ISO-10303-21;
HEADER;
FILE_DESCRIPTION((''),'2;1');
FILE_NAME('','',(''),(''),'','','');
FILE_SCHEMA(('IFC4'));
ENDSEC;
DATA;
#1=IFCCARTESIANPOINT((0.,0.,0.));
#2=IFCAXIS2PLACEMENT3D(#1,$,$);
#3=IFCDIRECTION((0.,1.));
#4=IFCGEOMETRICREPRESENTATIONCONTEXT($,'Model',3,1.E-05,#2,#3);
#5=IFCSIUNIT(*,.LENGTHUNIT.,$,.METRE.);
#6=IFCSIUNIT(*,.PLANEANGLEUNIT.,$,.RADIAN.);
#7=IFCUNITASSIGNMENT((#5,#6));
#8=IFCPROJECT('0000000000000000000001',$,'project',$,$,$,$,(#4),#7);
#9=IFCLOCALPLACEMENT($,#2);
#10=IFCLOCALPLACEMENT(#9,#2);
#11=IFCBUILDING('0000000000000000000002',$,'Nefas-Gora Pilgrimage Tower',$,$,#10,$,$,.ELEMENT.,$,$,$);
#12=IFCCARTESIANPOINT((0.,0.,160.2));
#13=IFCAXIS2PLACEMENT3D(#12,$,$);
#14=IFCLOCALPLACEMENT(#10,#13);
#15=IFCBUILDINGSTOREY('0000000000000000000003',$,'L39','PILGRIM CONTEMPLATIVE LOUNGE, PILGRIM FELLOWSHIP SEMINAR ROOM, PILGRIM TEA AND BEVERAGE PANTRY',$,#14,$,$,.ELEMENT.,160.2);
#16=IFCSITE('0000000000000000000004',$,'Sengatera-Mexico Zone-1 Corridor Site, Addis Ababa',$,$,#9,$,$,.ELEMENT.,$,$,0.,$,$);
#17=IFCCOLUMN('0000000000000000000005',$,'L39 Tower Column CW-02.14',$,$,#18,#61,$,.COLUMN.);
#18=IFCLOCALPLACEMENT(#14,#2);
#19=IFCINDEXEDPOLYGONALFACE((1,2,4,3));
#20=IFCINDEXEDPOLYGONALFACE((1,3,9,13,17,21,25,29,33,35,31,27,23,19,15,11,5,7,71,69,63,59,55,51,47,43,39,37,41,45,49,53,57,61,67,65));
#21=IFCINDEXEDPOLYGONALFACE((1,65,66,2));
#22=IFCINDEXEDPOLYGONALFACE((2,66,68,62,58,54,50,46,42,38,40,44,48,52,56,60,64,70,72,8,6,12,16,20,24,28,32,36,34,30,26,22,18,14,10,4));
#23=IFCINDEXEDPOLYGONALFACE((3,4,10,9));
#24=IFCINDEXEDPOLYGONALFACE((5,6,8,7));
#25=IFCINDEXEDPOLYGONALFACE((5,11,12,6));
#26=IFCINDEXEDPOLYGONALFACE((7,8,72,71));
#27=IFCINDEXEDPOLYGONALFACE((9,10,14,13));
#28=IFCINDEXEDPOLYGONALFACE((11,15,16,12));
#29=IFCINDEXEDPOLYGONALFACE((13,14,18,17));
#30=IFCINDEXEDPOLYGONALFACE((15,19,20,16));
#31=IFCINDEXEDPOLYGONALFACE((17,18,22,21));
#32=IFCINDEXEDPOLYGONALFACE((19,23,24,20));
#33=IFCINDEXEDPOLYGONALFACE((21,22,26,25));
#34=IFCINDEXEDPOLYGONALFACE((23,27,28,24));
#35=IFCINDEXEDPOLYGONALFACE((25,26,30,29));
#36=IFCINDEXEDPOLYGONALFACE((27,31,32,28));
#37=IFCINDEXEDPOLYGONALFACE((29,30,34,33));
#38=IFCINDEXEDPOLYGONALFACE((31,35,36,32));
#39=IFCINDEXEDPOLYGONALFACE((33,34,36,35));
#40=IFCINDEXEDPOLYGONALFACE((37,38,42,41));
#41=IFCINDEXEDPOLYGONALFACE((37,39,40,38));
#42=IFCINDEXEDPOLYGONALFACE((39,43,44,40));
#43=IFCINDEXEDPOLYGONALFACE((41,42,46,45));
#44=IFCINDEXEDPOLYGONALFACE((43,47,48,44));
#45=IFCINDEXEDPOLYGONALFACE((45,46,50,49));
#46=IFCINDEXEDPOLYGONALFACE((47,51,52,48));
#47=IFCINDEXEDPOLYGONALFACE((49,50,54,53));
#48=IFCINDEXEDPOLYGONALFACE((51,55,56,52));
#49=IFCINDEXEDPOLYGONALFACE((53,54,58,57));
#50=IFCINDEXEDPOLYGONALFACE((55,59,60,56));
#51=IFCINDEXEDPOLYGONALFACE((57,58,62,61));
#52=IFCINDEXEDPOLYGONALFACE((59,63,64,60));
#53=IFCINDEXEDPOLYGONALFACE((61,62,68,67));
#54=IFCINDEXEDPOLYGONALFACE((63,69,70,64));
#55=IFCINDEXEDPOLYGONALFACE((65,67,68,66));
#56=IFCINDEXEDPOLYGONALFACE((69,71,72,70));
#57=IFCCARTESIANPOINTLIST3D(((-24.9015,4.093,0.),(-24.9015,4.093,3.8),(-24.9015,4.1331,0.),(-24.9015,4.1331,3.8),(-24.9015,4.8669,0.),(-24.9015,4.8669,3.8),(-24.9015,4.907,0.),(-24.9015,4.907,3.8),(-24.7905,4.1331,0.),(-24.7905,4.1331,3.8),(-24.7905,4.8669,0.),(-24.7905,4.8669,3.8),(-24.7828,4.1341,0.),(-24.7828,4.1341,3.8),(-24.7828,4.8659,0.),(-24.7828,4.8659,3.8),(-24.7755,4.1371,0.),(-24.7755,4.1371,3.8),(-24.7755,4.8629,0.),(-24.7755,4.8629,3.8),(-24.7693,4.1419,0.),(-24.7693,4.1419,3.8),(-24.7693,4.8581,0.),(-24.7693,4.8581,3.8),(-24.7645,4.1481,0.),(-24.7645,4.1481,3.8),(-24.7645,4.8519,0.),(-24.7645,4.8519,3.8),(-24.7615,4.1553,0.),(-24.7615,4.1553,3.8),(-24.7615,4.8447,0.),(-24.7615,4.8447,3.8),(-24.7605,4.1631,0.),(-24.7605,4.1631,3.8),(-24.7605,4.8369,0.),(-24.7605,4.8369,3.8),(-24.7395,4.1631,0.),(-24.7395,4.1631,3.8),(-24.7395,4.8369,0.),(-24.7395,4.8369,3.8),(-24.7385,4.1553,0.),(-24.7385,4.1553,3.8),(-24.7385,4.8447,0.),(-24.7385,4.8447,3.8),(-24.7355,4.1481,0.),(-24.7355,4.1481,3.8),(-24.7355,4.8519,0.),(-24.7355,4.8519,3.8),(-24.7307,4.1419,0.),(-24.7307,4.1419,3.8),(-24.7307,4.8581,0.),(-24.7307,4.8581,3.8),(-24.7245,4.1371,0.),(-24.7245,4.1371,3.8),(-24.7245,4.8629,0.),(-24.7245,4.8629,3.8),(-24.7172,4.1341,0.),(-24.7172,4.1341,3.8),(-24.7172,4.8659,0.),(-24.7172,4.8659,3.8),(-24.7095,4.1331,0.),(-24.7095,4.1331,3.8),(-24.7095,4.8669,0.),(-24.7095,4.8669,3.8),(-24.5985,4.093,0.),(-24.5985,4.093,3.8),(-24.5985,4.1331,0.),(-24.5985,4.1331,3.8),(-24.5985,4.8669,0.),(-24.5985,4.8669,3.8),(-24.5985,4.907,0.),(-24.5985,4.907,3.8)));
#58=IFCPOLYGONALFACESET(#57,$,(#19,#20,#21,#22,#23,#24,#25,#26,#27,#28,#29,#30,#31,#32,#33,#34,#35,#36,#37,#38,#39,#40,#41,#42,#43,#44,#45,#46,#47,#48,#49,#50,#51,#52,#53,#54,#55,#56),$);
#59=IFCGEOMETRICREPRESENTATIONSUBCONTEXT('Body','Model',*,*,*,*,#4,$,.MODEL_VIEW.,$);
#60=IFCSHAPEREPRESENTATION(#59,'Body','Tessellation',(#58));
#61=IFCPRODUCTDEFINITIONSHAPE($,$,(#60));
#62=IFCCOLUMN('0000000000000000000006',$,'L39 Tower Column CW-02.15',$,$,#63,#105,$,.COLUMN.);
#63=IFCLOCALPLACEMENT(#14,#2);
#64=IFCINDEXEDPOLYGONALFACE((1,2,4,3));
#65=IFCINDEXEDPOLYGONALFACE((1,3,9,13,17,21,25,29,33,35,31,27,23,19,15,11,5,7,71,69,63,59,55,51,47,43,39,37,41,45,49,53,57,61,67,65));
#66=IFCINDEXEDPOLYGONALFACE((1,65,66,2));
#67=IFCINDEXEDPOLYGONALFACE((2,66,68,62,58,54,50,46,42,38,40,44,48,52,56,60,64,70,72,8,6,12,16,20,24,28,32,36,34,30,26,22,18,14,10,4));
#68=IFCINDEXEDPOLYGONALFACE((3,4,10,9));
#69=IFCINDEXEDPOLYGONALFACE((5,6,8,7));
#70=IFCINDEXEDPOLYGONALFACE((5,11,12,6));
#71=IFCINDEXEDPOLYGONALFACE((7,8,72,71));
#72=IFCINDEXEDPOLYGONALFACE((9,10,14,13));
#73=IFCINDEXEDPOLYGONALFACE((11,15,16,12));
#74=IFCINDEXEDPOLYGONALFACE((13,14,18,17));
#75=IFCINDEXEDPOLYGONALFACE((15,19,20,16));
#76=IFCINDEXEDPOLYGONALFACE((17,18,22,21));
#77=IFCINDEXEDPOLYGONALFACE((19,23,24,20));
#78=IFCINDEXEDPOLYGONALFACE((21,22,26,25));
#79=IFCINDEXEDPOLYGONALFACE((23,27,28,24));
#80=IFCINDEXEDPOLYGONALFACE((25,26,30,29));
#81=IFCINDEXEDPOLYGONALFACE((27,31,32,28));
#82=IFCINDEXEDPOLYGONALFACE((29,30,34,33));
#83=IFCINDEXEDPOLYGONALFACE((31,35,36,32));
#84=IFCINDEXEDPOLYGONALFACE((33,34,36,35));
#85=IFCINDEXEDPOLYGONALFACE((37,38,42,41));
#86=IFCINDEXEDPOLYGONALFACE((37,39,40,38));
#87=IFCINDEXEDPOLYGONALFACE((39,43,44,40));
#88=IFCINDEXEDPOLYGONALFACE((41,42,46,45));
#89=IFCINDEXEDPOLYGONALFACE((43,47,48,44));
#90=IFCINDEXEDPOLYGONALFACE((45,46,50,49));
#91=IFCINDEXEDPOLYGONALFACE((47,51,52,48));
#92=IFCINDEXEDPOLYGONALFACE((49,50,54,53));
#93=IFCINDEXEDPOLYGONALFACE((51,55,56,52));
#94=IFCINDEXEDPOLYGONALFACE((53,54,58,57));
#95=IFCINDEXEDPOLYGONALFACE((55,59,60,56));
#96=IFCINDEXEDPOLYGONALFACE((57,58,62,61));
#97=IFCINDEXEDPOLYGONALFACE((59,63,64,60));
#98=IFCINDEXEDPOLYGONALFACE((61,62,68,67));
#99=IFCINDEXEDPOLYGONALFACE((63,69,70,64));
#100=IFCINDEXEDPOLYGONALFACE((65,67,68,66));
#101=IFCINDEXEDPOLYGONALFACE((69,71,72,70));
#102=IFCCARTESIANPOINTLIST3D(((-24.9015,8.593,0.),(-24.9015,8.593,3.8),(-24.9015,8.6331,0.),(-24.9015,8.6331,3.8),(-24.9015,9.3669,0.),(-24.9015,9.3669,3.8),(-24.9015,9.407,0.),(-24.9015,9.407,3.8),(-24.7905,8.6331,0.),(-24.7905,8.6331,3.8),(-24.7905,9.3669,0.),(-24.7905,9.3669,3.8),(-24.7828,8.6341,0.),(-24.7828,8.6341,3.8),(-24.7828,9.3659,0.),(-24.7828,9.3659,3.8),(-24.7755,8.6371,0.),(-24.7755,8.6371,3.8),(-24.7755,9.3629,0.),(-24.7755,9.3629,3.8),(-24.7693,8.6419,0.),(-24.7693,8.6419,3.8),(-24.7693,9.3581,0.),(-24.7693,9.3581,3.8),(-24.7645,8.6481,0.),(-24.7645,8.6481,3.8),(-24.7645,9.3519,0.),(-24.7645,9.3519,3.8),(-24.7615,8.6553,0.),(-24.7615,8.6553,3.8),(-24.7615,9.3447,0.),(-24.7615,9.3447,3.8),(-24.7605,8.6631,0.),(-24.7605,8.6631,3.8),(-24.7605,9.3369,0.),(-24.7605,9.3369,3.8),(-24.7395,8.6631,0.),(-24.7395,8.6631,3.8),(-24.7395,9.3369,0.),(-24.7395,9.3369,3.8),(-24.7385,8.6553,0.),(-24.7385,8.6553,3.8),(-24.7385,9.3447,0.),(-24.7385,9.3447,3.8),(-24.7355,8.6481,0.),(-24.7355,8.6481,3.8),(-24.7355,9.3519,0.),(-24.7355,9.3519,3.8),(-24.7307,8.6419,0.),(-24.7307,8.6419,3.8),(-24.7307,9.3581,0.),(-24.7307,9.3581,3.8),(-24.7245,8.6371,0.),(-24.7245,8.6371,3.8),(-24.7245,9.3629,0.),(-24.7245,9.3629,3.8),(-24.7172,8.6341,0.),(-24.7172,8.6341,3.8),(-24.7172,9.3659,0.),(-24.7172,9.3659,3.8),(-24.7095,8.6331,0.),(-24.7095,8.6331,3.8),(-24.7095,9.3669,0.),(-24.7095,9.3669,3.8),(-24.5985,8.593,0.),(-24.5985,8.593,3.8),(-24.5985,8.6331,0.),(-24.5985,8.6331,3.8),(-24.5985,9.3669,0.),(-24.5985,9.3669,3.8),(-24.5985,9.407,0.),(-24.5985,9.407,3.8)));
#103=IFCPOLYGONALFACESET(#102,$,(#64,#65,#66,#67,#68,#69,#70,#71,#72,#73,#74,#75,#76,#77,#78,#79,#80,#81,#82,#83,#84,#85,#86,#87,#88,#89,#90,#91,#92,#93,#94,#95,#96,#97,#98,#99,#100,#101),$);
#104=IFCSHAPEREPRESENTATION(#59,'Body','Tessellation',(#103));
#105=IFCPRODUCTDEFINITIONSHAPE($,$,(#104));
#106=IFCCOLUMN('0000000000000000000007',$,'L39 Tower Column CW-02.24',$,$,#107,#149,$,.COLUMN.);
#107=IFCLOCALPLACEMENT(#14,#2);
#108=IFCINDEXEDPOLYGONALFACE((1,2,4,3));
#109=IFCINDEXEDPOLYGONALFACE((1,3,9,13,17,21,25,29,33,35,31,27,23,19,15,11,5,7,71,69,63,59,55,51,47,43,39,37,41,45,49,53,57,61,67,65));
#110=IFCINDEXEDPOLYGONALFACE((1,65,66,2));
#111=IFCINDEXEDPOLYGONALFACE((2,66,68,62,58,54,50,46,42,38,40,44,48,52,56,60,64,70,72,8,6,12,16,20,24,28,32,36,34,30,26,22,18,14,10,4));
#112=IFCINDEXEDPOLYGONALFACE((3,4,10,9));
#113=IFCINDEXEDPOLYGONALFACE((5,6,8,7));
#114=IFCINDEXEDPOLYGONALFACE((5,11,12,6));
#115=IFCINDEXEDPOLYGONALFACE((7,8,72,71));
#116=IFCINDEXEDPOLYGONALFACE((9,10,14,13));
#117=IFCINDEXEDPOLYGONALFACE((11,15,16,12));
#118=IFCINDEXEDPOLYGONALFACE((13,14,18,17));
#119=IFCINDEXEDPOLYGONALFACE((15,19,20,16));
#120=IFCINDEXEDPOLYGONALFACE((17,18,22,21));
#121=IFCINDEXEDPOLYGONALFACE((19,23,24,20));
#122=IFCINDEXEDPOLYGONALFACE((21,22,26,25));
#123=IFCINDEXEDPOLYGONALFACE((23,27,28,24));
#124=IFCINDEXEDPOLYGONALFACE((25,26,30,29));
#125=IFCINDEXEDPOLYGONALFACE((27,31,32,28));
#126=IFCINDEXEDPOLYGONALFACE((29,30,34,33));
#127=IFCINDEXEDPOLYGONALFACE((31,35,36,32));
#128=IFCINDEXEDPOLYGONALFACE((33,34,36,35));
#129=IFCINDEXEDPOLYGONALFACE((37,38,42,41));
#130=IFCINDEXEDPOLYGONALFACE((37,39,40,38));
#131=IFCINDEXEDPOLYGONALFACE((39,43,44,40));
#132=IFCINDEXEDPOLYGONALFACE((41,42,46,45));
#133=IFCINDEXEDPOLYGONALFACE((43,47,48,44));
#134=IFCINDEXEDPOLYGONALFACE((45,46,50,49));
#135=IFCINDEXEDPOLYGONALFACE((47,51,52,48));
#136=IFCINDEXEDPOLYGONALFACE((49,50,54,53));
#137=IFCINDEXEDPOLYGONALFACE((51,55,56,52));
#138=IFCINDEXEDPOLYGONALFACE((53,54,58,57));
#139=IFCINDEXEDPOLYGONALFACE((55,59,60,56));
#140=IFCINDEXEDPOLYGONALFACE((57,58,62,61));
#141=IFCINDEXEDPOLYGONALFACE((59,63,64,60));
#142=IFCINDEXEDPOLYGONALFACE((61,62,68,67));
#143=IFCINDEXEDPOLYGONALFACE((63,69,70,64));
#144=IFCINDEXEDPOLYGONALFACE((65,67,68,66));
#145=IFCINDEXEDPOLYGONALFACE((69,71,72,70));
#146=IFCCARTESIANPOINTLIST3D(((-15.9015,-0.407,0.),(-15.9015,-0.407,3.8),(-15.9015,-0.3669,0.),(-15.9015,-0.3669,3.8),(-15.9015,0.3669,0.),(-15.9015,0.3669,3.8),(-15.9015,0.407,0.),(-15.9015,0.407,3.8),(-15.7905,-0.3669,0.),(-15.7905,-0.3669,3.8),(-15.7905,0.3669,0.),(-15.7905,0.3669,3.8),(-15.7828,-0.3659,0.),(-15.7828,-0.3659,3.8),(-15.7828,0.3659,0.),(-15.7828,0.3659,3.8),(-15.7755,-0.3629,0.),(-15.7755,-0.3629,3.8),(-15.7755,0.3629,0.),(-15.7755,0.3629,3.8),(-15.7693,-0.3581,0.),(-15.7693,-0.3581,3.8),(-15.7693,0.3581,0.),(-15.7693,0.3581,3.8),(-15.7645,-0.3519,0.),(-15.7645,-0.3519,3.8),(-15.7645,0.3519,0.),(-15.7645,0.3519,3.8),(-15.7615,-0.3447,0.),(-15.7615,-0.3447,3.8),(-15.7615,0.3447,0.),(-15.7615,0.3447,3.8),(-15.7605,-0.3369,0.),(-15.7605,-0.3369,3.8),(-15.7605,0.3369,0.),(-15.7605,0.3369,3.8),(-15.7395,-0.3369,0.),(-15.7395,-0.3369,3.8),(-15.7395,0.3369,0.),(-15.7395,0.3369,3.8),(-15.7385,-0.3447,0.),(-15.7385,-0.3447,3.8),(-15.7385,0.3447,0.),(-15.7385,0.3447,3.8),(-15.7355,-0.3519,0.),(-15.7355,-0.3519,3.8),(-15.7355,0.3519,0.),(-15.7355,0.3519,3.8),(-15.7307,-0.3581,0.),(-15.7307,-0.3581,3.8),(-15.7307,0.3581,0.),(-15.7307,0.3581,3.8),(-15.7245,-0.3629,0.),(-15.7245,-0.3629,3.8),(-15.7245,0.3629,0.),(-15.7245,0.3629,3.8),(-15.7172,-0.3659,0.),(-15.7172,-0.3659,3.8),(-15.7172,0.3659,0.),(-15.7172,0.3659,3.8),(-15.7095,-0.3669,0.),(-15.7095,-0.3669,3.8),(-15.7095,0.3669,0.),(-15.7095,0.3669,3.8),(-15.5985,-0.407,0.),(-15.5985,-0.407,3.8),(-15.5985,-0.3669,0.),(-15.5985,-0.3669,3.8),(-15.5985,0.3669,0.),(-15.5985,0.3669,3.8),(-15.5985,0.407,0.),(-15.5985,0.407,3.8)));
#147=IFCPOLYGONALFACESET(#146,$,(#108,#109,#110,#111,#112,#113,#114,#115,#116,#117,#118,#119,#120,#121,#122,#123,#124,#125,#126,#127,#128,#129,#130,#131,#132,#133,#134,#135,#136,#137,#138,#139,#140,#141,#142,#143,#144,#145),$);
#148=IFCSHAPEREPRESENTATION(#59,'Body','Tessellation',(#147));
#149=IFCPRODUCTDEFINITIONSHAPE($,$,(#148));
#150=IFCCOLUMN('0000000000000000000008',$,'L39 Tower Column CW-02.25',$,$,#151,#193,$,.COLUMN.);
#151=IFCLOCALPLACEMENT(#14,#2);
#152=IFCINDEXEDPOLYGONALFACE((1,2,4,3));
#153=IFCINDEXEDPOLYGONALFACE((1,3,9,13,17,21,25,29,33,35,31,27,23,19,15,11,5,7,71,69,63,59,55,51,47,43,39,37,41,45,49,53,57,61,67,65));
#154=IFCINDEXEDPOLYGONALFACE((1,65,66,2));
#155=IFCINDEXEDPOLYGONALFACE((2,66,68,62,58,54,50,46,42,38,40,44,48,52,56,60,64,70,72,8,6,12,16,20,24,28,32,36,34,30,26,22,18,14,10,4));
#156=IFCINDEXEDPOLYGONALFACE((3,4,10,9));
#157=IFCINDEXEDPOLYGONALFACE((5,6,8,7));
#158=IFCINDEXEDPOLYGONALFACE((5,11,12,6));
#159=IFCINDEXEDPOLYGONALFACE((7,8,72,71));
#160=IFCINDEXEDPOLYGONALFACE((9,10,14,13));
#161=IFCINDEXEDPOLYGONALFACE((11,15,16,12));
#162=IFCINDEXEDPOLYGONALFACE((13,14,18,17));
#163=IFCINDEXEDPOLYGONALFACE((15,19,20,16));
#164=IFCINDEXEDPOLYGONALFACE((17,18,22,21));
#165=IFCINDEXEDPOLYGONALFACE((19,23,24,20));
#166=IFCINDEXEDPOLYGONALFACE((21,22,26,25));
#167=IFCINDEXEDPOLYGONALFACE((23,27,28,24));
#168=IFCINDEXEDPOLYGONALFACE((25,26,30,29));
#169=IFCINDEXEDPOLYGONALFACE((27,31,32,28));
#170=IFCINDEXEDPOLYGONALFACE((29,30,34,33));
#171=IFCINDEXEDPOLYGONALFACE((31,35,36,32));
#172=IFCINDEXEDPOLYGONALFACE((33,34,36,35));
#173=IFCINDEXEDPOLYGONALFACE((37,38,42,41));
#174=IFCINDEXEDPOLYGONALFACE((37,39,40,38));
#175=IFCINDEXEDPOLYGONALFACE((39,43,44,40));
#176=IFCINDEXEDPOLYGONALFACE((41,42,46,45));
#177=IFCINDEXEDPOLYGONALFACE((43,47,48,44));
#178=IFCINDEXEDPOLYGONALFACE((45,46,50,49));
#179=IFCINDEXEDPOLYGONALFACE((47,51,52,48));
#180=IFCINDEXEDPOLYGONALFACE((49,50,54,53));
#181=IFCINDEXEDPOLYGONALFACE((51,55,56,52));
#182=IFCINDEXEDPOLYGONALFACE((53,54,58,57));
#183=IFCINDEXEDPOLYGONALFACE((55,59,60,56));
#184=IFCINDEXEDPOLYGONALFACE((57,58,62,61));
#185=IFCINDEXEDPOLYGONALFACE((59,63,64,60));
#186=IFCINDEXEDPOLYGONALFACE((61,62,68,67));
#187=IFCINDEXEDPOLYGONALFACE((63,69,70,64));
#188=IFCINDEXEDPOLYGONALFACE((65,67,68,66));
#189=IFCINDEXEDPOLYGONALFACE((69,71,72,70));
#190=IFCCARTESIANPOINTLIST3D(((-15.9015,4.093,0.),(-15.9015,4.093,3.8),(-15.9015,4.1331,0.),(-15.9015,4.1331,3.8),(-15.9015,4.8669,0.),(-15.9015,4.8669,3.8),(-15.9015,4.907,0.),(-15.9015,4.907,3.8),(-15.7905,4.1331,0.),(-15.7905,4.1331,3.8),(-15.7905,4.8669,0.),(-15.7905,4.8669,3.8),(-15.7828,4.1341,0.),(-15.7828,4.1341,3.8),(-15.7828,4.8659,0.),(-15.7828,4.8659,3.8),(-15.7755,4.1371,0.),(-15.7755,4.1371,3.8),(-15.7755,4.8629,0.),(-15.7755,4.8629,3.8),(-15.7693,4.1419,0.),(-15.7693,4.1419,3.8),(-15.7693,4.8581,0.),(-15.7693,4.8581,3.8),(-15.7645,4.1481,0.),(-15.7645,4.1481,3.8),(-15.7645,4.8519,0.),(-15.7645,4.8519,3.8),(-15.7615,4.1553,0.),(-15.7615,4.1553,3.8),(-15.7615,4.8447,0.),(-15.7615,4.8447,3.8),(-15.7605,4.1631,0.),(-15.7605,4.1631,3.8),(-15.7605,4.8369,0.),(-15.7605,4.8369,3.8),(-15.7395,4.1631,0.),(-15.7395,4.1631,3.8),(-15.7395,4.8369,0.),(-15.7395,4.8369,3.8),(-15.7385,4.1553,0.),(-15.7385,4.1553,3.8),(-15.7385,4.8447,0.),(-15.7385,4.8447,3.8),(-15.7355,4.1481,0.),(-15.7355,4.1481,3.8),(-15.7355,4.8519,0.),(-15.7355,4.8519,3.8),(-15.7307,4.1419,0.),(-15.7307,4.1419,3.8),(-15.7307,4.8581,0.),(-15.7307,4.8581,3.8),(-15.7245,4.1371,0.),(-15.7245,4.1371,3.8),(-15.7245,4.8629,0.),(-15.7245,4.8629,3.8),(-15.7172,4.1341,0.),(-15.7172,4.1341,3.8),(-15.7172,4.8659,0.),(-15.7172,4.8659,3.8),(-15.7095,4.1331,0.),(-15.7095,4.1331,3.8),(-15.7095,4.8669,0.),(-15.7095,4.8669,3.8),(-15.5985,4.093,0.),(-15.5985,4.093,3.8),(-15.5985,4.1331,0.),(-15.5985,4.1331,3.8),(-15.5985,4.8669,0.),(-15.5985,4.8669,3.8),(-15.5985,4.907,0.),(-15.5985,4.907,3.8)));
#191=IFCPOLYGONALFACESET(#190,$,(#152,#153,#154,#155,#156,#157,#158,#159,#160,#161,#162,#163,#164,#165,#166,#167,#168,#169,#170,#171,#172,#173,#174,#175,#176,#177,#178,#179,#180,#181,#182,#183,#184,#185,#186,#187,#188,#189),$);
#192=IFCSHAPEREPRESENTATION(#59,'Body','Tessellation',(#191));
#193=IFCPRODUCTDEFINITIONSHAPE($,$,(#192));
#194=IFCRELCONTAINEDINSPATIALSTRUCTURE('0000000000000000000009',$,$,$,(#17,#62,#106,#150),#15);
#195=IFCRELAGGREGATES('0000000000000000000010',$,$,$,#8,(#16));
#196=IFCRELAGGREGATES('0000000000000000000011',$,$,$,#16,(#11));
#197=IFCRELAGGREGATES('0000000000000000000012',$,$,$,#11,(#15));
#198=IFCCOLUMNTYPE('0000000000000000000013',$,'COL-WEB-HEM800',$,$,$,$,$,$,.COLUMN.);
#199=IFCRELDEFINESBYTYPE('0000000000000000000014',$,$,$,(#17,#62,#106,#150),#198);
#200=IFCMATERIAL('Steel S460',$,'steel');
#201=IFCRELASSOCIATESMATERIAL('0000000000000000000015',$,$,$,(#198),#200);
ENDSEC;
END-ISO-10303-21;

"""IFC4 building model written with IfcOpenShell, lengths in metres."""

from ifc_helpers import new_model, si_unit, direction, frame, origin, origin_2d, place, context, subcontext, project, spatial, i_section, extrude, source, transform, mapped, material, material_profile, profile_set, type_object, element, save


model = new_model("IFC4")

# Units and contexts
model_context = context("Model", 3, precision=1e-05, world=origin(), true_north=direction((0.0, 1.0)))
body_context = subcontext(model_context, "Body", "Model", "MODEL_VIEW")
ifc_project = project(units=[si_unit("LENGTHUNIT", "METRE"), si_unit("PLANEANGLEUNIT", "RADIAN")], contexts=[model_context])

# Site, building, storey
site_placement = place(None, origin())
site = spatial("IfcSite", under=ifc_project, at=site_placement, Name="Sengatera-Mexico Zone-1 Corridor Site, Addis Ababa", CompositionType="ELEMENT", RefElevation=0.0)
building_placement = place(site_placement, origin())
building = spatial("IfcBuilding", under=site, at=building_placement, Name="Nefas-Gora Pilgrimage Tower", CompositionType="ELEMENT")
storey_placement = place(building_placement, frame((0.0, 0.0, 160.2)))
storey = spatial("IfcBuildingStorey", under=building, at=storey_placement, Name="L39", Description="PILGRIM CONTEMPLATIVE LOUNGE, PILGRIM FELLOWSHIP SEMINAR ROOM, PILGRIM TEA AND BEVERAGE PANTRY", CompositionType="ELEMENT", Elevation=160.2)

# Columns
ifc_material_1 = material(Name="Steel S460", Category="steel")
ifc_material_profile_1 = material_profile(ifc_material_1, i_section(OverallWidth=0.303, OverallDepth=0.814, WebThickness=0.021, FlangeThickness=0.04, FilletRadius=0.03, at=origin_2d()), Name="HEM 800")
ifc_profile_set_1 = profile_set([ifc_material_profile_1], Name="Steel S460")
column_type_1 = type_object("IfcColumnType", Name="COL-WEB-HEM800", PredefinedType="COLUMN", material=ifc_profile_set_1)
shared_shape_1 = source(origin(), body_context, "Body", "SweptSolid", [
    extrude(i_section(OverallWidth=0.303, OverallDepth=0.814, WebThickness=0.021, FlangeThickness=0.04, FilletRadius=0.03, at=origin_2d()), origin(), (0.0, 0.0, 1.0), 3.8),
])
for number, where, z_axis, x_axis, name in (
    (1, (-24.75, 4.5, 0.0), (0.0, 0.0, 1.0), (1.0, 0.0, 0.0), "L39 Tower Column CW-02.14"),
    (2, (-24.75, 9.0, 0.0), (0.0, 0.0, 1.0), (1.0, 0.0, 0.0), "L39 Tower Column CW-02.15"),
    (3, (-15.75, 0.0, 0.0), (0.0, 0.0, 1.0), (1.0, 0.0, 0.0), "L39 Tower Column CW-02.24"),
    (4, (-15.75, 4.5, 0.0), (0.0, 0.0, 1.0), (1.0, 0.0, 0.0), "L39 Tower Column CW-02.25"),
):
    element("IfcColumn", number, at=place(storey_placement, frame(where, z_axis=z_axis, x_axis=x_axis)), inside=storey, type_object=column_type_1, Name=name, PredefinedType="COLUMN", context=body_context, shape_type="MappedRepresentation", body=[
        mapped(shared_shape_1, transform((0.0, 0.0, 0.0), x_axis=(1.0, 0.0, 0.0), y_axis=(0.0, 1.0, 0.0), z_axis=(0.0, 0.0, 1.0), scale=1.0)),
    ])

save(model, "model.ifc")
